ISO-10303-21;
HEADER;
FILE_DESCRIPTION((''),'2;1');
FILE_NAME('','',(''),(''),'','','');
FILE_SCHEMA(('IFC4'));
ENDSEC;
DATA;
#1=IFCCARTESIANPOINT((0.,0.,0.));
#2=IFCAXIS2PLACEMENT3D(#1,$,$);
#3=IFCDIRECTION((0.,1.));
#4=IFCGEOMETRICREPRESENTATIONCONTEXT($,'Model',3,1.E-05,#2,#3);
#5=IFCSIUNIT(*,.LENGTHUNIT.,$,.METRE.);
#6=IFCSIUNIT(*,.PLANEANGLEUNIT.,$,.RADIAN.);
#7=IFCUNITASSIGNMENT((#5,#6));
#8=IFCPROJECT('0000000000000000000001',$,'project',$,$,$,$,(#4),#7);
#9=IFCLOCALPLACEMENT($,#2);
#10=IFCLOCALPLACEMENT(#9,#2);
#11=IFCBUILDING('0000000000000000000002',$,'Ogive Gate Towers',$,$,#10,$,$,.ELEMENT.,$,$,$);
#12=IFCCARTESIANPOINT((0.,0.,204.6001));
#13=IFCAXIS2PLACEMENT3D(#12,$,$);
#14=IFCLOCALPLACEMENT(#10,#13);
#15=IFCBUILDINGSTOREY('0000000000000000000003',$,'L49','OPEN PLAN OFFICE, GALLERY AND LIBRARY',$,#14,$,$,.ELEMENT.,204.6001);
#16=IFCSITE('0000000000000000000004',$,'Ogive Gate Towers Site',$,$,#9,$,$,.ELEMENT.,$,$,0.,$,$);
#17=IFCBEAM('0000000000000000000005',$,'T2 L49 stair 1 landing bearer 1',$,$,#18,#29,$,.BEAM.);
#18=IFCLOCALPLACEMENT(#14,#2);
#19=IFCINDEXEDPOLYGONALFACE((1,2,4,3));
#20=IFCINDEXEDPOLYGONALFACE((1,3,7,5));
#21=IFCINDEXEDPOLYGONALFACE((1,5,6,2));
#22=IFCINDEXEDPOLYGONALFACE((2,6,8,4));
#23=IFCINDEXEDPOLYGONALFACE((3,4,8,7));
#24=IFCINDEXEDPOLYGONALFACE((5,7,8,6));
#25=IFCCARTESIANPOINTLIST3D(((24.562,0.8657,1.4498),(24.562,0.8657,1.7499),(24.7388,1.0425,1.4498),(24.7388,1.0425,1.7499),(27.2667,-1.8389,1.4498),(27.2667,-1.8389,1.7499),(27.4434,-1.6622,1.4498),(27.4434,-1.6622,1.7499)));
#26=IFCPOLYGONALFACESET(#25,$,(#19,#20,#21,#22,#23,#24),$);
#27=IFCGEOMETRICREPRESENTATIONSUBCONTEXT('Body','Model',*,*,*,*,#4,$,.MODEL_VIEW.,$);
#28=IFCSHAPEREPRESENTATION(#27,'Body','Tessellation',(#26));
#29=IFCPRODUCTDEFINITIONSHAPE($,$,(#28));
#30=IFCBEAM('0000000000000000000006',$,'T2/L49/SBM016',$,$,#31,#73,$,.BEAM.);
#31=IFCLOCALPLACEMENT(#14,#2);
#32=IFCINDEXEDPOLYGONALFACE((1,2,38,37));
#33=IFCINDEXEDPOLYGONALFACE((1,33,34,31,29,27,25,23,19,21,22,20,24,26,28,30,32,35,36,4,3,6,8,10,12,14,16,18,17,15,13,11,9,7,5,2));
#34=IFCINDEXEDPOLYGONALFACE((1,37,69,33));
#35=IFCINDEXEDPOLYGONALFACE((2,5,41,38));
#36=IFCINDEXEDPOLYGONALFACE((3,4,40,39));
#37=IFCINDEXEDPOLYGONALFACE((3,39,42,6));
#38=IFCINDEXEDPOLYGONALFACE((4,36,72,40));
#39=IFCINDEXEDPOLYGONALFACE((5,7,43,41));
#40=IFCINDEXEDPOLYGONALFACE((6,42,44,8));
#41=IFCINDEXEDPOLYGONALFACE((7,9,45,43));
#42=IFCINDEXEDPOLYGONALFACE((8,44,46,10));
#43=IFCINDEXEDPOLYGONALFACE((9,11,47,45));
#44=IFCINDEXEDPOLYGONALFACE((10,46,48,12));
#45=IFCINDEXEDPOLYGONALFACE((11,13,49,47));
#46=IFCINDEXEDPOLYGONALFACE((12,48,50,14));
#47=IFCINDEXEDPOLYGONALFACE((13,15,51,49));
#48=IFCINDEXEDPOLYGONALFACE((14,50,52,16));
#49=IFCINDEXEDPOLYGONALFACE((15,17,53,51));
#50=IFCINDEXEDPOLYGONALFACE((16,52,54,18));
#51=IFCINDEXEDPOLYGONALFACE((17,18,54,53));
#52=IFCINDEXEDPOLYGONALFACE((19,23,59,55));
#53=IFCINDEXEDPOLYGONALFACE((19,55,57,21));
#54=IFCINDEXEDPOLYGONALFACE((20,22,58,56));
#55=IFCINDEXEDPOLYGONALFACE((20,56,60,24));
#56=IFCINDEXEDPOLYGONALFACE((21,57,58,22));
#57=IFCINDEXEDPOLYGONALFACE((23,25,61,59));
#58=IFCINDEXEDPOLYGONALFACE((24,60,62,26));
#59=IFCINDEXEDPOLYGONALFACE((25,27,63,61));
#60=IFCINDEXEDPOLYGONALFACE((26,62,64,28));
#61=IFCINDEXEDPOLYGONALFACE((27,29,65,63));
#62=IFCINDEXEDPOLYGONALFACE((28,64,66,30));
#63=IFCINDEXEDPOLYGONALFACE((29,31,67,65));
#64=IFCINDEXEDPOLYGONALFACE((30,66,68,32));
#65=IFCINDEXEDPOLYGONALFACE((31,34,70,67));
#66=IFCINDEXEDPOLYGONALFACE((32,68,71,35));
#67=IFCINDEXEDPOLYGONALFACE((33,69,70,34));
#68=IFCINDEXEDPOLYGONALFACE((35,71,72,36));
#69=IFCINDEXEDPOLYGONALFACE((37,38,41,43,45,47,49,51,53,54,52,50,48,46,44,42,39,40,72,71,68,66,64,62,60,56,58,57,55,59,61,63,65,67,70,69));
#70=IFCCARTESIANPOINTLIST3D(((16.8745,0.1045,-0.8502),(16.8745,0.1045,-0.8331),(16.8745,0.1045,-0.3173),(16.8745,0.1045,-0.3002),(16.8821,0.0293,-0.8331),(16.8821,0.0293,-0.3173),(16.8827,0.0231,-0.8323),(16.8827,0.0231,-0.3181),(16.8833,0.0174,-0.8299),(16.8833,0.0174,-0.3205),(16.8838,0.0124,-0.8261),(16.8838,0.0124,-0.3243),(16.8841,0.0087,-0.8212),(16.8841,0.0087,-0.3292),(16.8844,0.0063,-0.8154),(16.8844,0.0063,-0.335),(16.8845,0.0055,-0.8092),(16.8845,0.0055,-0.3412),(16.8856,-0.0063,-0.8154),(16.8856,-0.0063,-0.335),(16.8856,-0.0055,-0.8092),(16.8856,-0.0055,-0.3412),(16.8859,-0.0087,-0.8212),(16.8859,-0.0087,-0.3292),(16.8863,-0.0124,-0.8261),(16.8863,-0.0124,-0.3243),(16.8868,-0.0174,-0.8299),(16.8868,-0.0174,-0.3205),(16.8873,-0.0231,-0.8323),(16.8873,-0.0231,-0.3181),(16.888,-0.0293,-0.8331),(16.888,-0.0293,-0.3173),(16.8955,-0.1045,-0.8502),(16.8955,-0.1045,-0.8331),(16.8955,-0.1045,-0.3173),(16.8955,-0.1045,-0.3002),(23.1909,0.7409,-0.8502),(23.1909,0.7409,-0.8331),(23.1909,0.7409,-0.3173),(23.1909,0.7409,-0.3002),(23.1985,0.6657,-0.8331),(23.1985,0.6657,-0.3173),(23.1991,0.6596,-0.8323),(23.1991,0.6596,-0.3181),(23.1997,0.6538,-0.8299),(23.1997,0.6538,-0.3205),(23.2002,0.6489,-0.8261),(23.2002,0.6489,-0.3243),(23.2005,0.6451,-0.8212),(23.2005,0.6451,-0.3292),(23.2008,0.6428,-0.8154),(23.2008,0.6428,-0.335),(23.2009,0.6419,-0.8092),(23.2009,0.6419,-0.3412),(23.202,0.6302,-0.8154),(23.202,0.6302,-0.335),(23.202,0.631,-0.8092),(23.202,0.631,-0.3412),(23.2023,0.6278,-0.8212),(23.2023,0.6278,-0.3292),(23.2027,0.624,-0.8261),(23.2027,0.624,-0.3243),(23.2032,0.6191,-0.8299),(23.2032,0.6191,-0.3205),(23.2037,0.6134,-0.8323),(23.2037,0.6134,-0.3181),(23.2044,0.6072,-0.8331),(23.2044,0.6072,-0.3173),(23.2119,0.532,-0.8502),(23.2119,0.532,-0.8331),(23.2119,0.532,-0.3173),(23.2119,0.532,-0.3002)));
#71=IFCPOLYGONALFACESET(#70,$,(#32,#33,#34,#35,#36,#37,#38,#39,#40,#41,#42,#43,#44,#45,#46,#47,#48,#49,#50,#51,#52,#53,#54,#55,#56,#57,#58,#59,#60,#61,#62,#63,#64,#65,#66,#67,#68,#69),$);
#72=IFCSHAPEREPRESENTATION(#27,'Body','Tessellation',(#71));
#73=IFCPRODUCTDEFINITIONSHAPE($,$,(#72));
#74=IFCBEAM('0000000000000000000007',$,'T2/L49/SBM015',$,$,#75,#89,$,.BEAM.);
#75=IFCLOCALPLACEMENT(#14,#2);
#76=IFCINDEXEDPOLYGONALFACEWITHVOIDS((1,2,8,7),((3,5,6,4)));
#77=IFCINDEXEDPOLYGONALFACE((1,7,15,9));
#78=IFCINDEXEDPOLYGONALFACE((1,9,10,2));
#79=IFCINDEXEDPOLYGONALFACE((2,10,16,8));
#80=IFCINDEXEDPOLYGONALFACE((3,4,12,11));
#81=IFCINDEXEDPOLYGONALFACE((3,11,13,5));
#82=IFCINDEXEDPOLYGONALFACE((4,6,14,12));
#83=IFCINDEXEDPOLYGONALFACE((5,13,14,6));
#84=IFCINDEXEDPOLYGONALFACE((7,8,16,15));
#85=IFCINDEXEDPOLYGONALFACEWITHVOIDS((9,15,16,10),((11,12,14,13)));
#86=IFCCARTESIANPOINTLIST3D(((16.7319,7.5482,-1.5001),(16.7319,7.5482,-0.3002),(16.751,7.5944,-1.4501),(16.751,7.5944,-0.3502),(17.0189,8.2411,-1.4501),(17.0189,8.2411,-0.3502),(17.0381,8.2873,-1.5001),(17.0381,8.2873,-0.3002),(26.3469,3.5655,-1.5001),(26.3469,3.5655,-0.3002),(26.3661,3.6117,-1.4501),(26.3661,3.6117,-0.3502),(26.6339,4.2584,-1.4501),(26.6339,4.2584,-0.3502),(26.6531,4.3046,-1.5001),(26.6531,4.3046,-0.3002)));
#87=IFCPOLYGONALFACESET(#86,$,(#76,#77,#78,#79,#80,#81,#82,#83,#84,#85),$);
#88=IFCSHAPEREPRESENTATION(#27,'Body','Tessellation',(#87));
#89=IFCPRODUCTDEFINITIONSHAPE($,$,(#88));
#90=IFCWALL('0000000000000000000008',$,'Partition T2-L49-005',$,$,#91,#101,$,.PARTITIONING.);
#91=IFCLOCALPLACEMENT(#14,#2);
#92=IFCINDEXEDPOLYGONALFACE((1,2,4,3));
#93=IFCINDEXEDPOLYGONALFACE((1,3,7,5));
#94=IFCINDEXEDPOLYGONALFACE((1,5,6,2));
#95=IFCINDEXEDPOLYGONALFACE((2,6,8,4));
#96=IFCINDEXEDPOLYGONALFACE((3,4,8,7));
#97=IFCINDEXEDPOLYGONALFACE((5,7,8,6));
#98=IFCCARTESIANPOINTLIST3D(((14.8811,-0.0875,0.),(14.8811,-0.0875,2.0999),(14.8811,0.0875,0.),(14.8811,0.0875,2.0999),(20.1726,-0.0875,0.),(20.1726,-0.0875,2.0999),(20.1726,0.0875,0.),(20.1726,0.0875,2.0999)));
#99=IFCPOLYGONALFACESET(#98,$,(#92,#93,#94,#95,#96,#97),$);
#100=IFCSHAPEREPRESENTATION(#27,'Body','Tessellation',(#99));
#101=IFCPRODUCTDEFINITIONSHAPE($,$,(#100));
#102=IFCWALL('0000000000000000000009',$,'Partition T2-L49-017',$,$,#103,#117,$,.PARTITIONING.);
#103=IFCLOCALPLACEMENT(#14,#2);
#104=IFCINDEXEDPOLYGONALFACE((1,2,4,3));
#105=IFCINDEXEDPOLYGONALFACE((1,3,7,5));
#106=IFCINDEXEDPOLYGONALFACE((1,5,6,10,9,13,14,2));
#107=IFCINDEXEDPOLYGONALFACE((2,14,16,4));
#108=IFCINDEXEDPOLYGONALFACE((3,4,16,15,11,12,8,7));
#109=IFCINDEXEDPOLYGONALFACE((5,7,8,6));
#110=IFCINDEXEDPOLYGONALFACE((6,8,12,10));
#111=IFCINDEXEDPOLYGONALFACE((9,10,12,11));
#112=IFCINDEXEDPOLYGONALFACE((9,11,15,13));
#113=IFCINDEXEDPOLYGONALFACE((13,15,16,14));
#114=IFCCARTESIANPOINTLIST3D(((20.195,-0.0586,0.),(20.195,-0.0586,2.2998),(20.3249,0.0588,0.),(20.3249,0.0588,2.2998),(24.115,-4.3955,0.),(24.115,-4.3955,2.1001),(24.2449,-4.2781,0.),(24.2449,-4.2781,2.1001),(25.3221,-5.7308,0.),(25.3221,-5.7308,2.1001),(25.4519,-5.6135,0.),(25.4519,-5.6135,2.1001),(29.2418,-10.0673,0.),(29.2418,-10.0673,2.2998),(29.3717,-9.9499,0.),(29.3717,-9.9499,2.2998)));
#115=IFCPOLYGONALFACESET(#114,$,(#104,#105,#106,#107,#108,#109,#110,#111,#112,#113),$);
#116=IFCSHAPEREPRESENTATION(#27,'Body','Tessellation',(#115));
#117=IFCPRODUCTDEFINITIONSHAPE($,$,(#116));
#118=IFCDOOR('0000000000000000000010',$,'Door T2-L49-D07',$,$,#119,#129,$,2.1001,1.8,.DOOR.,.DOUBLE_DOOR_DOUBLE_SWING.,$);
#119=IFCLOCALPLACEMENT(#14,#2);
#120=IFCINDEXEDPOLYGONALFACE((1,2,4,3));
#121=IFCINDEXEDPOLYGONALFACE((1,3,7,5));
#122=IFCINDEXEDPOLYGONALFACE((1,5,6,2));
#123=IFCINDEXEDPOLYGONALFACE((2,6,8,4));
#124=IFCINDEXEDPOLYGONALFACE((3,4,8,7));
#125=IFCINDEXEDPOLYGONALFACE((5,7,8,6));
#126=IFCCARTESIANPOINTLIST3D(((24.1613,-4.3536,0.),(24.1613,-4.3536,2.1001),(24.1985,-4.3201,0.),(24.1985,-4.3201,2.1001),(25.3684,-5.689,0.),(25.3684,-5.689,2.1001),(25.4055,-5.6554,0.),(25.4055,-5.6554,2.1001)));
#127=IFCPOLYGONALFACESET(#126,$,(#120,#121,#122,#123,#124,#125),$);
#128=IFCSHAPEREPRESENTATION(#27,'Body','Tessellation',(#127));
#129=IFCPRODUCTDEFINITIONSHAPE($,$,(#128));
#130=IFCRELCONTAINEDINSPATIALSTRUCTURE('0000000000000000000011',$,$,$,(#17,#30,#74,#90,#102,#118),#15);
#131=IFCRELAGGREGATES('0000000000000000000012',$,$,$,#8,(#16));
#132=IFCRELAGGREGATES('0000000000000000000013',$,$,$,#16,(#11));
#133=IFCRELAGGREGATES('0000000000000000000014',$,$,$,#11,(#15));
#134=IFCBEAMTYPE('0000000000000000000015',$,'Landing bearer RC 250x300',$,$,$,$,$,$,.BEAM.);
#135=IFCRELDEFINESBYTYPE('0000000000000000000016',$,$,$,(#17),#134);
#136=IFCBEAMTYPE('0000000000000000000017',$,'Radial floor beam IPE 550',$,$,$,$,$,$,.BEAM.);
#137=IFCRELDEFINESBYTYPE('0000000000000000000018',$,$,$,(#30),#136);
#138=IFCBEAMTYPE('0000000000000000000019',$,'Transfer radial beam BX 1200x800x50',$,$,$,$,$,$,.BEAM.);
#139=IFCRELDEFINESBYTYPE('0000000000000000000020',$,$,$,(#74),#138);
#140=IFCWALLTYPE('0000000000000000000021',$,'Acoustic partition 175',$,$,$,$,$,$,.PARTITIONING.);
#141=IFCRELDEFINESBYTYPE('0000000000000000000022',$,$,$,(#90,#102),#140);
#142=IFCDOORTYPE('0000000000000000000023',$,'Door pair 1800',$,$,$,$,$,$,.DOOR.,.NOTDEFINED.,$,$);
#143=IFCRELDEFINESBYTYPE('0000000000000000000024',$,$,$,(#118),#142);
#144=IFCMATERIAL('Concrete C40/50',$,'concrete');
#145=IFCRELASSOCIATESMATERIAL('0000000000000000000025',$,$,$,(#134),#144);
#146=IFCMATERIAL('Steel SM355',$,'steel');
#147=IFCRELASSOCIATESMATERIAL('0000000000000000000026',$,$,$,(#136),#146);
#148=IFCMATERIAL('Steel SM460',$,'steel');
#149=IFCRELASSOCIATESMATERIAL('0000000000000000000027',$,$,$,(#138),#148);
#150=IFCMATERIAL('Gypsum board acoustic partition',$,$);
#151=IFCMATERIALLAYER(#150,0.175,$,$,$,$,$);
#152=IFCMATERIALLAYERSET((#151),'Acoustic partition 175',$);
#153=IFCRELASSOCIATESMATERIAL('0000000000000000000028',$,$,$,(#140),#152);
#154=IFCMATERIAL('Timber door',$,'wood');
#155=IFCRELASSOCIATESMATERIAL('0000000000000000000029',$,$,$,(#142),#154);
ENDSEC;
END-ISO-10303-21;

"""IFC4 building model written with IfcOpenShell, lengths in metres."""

from ifc_helpers import new_model, si_unit, direction, frame, frame_2d, origin, origin_2d, place, context, subcontext, project, spatial, rectangle, hollow_rectangle, i_section, extrude, material, layer, layer_set, material_profile, profile_set, type_object, element, fill, save


model = new_model("IFC4")

# Units and contexts
model_context = context("Model", 3, precision=1e-05, world=origin(), true_north=direction((0.0, 1.0)))
body_context = subcontext(model_context, "Body", "Model", "MODEL_VIEW")
ifc_project = project(units=[si_unit("LENGTHUNIT", "METRE"), si_unit("PLANEANGLEUNIT", "RADIAN")], contexts=[model_context])

# Site, building, storey
site_placement = place(None, origin())
site = spatial("IfcSite", under=ifc_project, at=site_placement, Name="Ogive Gate Towers Site", CompositionType="ELEMENT", RefElevation=0.0)
building_placement = place(site_placement, origin())
building = spatial("IfcBuilding", under=site, at=building_placement, Name="Ogive Gate Towers", CompositionType="ELEMENT")
storey_placement = place(building_placement, frame((0.0, 0.0, 204.6001)))
storey = spatial("IfcBuildingStorey", under=building, at=storey_placement, Name="L49", Description="OPEN PLAN OFFICE, GALLERY AND LIBRARY", CompositionType="ELEMENT", Elevation=204.6001)

# Beams
ifc_material_1 = material(Name="Concrete C40/50", Category="concrete")
ifc_material_profile_1 = material_profile(ifc_material_1, rectangle(XDim=0.25, YDim=0.3, at=origin_2d()), Name="RC 250x300")
ifc_profile_set_1 = profile_set([ifc_material_profile_1], Name="Concrete C40/50")
beam_type_1 = type_object("IfcBeamType", Name="Landing bearer RC 250x300", PredefinedType="BEAM", material=ifc_profile_set_1)
beam_1_placement = place(storey_placement, frame((24.6504, 0.9541, 1.5999), z_axis=(0.707107, -0.707107, 0.0), x_axis=(0.707107, 0.707107, 0.0)))
element("IfcBeam", 1, at=beam_1_placement, inside=storey, type_object=beam_type_1, Name="T2 L49 stair 1 landing bearer 1", PredefinedType="BEAM", context=body_context, shape_type="SweptSolid", body=[
    extrude(rectangle(XDim=0.25, YDim=0.3, at=origin_2d()), origin(), (0.0, 0.0, 1.0), 3.825),
])
ifc_material_2 = material(Name="Steel SM355", Category="steel")
ifc_material_profile_2 = material_profile(ifc_material_2, i_section(OverallWidth=0.21, OverallDepth=0.55, WebThickness=0.011, FlangeThickness=0.0171, FilletRadius=0.0239, at=origin_2d()), Name="IPE 550")
ifc_profile_set_2 = profile_set([ifc_material_profile_2], Name="Steel SM355")
beam_type_2 = type_object("IfcBeamType", Name="Radial floor beam IPE 550", PredefinedType="BEAM", material=ifc_profile_set_2)
beam_2_placement = place(storey_placement, frame((23.2014, 0.6365, -0.5752), z_axis=(-0.994962, -0.100258, 0.0), x_axis=(0.100258, -0.994962, 0.0)))
element("IfcBeam", 2, at=beam_2_placement, inside=storey, type_object=beam_type_2, Name="T2/L49/SBM016", PredefinedType="BEAM", context=body_context, shape_type="SweptSolid", body=[
    extrude(i_section(OverallWidth=0.21, OverallDepth=0.55, WebThickness=0.011, FlangeThickness=0.0171, FilletRadius=0.0239, at=origin_2d()), origin(), (0.0, 0.0, 1.0), 6.3484),
])
ifc_material_3 = material(Name="Steel SM460", Category="steel")
ifc_material_profile_3 = material_profile(ifc_material_3, hollow_rectangle(XDim=0.8, YDim=1.2, WallThickness=0.05, at=origin_2d()), Name="BX 1200x800x50")
ifc_profile_set_3 = profile_set([ifc_material_profile_3], Name="Steel SM460")
beam_type_3 = type_object("IfcBeamType", Name="Transfer radial beam BX 1200x800x50", PredefinedType="BEAM", material=ifc_profile_set_3)
beam_3_placement = place(storey_placement, frame((26.5, 3.9351, -0.9001), z_axis=(-0.923879, 0.382684, 0.0), x_axis=(-0.382684, -0.923879, 0.0)))
element("IfcBeam", 3, at=beam_3_placement, inside=storey, type_object=beam_type_3, Name="T2/L49/SBM015", PredefinedType="BEAM", context=body_context, shape_type="SweptSolid", body=[
    extrude(hollow_rectangle(XDim=0.8, YDim=1.2, WallThickness=0.05, at=origin_2d()), origin(), (0.0, 0.0, 1.0), 10.4072),
])

# Wall
ifc_material_4 = material(Name="Gypsum board acoustic partition")
ifc_layer_1 = layer(ifc_material_4, 0.175)
ifc_layer_set_1 = layer_set([ifc_layer_1], Name="Acoustic partition 175")
wall_type_1 = type_object("IfcWallType", Name="Acoustic partition 175", PredefinedType="PARTITIONING", material=ifc_layer_set_1)
wall_1_placement = place(storey_placement, frame((14.8811, 0.0, 0.0), z_axis=(0.0, 0.0, 1.0), x_axis=(1.0, 0.0, 0.0)))
element("IfcWall", 4, at=wall_1_placement, inside=storey, type_object=wall_type_1, Name="Partition T2-L49-005", PredefinedType="PARTITIONING", context=body_context, shape_type="SweptSolid", body=[
    extrude(rectangle(XDim=5.2915, YDim=0.175, at=frame_2d((2.6458, 0.0))), origin(), (0.0, 0.0, 1.0), 2.0999),
])

# Wall, opening, door
wall_2_placement = place(storey_placement, frame((20.26, 0.0, 0.0), z_axis=(0.0, 0.0, 1.0), x_axis=(0.670559, -0.741856, 0.0)))
wall_2 = element("IfcWall", 5, at=wall_2_placement, inside=storey, type_object=wall_type_1, Name="Partition T2-L49-017", PredefinedType="PARTITIONING", context=body_context, shape_type="SweptSolid", body=[
    extrude(rectangle(XDim=13.4915, YDim=0.175, at=frame_2d((6.7456, 0.0))), origin(), (0.0, 0.0, 1.0), 2.2998),
])
opening_1_placement = place(wall_2_placement, frame((5.8459, 0.0, 0.0)))
opening_1 = element("IfcOpeningElement", 6, at=opening_1_placement, cuts=wall_2, PredefinedType="OPENING", context=body_context, shape_type="SweptSolid", body=[
    extrude(rectangle(XDim=1.8, YDim=2.1001, at=frame_2d((0.8999, 1.05))), frame((0.0, 0.0977, 0.0), z_axis=(0.0, -1.0, 0.0), x_axis=(1.0, 0.0, 0.0)), (0.0, 0.0, 1.0), 0.1951),
])
ifc_material_5 = material(Name="Timber door", Category="wood")
door_type_1 = type_object("IfcDoorType", Name="Door pair 1800", OperationType="NOTDEFINED", PredefinedType="DOOR", material=ifc_material_5)
door_1_placement = place(opening_1_placement, origin())
door_1 = element("IfcDoor", 7, at=door_1_placement, inside=storey, type_object=door_type_1, Name="Door T2-L49-D07", OperationType="DOUBLE_DOOR_DOUBLE_SWING", OverallHeight=2.1001, OverallWidth=1.8, PredefinedType="DOOR", context=body_context, shape_type="SweptSolid", body=[
    extrude(rectangle(XDim=1.8, YDim=2.1001, at=frame_2d((0.8999, 1.05))), frame((0.0, 0.0249, 0.0), z_axis=(0.0, -1.0, 0.0), x_axis=(1.0, 0.0, 0.0)), (0.0, 0.0, 1.0), 0.05),
])
fill(opening_1, door_1)

save(model, "model.ifc")
